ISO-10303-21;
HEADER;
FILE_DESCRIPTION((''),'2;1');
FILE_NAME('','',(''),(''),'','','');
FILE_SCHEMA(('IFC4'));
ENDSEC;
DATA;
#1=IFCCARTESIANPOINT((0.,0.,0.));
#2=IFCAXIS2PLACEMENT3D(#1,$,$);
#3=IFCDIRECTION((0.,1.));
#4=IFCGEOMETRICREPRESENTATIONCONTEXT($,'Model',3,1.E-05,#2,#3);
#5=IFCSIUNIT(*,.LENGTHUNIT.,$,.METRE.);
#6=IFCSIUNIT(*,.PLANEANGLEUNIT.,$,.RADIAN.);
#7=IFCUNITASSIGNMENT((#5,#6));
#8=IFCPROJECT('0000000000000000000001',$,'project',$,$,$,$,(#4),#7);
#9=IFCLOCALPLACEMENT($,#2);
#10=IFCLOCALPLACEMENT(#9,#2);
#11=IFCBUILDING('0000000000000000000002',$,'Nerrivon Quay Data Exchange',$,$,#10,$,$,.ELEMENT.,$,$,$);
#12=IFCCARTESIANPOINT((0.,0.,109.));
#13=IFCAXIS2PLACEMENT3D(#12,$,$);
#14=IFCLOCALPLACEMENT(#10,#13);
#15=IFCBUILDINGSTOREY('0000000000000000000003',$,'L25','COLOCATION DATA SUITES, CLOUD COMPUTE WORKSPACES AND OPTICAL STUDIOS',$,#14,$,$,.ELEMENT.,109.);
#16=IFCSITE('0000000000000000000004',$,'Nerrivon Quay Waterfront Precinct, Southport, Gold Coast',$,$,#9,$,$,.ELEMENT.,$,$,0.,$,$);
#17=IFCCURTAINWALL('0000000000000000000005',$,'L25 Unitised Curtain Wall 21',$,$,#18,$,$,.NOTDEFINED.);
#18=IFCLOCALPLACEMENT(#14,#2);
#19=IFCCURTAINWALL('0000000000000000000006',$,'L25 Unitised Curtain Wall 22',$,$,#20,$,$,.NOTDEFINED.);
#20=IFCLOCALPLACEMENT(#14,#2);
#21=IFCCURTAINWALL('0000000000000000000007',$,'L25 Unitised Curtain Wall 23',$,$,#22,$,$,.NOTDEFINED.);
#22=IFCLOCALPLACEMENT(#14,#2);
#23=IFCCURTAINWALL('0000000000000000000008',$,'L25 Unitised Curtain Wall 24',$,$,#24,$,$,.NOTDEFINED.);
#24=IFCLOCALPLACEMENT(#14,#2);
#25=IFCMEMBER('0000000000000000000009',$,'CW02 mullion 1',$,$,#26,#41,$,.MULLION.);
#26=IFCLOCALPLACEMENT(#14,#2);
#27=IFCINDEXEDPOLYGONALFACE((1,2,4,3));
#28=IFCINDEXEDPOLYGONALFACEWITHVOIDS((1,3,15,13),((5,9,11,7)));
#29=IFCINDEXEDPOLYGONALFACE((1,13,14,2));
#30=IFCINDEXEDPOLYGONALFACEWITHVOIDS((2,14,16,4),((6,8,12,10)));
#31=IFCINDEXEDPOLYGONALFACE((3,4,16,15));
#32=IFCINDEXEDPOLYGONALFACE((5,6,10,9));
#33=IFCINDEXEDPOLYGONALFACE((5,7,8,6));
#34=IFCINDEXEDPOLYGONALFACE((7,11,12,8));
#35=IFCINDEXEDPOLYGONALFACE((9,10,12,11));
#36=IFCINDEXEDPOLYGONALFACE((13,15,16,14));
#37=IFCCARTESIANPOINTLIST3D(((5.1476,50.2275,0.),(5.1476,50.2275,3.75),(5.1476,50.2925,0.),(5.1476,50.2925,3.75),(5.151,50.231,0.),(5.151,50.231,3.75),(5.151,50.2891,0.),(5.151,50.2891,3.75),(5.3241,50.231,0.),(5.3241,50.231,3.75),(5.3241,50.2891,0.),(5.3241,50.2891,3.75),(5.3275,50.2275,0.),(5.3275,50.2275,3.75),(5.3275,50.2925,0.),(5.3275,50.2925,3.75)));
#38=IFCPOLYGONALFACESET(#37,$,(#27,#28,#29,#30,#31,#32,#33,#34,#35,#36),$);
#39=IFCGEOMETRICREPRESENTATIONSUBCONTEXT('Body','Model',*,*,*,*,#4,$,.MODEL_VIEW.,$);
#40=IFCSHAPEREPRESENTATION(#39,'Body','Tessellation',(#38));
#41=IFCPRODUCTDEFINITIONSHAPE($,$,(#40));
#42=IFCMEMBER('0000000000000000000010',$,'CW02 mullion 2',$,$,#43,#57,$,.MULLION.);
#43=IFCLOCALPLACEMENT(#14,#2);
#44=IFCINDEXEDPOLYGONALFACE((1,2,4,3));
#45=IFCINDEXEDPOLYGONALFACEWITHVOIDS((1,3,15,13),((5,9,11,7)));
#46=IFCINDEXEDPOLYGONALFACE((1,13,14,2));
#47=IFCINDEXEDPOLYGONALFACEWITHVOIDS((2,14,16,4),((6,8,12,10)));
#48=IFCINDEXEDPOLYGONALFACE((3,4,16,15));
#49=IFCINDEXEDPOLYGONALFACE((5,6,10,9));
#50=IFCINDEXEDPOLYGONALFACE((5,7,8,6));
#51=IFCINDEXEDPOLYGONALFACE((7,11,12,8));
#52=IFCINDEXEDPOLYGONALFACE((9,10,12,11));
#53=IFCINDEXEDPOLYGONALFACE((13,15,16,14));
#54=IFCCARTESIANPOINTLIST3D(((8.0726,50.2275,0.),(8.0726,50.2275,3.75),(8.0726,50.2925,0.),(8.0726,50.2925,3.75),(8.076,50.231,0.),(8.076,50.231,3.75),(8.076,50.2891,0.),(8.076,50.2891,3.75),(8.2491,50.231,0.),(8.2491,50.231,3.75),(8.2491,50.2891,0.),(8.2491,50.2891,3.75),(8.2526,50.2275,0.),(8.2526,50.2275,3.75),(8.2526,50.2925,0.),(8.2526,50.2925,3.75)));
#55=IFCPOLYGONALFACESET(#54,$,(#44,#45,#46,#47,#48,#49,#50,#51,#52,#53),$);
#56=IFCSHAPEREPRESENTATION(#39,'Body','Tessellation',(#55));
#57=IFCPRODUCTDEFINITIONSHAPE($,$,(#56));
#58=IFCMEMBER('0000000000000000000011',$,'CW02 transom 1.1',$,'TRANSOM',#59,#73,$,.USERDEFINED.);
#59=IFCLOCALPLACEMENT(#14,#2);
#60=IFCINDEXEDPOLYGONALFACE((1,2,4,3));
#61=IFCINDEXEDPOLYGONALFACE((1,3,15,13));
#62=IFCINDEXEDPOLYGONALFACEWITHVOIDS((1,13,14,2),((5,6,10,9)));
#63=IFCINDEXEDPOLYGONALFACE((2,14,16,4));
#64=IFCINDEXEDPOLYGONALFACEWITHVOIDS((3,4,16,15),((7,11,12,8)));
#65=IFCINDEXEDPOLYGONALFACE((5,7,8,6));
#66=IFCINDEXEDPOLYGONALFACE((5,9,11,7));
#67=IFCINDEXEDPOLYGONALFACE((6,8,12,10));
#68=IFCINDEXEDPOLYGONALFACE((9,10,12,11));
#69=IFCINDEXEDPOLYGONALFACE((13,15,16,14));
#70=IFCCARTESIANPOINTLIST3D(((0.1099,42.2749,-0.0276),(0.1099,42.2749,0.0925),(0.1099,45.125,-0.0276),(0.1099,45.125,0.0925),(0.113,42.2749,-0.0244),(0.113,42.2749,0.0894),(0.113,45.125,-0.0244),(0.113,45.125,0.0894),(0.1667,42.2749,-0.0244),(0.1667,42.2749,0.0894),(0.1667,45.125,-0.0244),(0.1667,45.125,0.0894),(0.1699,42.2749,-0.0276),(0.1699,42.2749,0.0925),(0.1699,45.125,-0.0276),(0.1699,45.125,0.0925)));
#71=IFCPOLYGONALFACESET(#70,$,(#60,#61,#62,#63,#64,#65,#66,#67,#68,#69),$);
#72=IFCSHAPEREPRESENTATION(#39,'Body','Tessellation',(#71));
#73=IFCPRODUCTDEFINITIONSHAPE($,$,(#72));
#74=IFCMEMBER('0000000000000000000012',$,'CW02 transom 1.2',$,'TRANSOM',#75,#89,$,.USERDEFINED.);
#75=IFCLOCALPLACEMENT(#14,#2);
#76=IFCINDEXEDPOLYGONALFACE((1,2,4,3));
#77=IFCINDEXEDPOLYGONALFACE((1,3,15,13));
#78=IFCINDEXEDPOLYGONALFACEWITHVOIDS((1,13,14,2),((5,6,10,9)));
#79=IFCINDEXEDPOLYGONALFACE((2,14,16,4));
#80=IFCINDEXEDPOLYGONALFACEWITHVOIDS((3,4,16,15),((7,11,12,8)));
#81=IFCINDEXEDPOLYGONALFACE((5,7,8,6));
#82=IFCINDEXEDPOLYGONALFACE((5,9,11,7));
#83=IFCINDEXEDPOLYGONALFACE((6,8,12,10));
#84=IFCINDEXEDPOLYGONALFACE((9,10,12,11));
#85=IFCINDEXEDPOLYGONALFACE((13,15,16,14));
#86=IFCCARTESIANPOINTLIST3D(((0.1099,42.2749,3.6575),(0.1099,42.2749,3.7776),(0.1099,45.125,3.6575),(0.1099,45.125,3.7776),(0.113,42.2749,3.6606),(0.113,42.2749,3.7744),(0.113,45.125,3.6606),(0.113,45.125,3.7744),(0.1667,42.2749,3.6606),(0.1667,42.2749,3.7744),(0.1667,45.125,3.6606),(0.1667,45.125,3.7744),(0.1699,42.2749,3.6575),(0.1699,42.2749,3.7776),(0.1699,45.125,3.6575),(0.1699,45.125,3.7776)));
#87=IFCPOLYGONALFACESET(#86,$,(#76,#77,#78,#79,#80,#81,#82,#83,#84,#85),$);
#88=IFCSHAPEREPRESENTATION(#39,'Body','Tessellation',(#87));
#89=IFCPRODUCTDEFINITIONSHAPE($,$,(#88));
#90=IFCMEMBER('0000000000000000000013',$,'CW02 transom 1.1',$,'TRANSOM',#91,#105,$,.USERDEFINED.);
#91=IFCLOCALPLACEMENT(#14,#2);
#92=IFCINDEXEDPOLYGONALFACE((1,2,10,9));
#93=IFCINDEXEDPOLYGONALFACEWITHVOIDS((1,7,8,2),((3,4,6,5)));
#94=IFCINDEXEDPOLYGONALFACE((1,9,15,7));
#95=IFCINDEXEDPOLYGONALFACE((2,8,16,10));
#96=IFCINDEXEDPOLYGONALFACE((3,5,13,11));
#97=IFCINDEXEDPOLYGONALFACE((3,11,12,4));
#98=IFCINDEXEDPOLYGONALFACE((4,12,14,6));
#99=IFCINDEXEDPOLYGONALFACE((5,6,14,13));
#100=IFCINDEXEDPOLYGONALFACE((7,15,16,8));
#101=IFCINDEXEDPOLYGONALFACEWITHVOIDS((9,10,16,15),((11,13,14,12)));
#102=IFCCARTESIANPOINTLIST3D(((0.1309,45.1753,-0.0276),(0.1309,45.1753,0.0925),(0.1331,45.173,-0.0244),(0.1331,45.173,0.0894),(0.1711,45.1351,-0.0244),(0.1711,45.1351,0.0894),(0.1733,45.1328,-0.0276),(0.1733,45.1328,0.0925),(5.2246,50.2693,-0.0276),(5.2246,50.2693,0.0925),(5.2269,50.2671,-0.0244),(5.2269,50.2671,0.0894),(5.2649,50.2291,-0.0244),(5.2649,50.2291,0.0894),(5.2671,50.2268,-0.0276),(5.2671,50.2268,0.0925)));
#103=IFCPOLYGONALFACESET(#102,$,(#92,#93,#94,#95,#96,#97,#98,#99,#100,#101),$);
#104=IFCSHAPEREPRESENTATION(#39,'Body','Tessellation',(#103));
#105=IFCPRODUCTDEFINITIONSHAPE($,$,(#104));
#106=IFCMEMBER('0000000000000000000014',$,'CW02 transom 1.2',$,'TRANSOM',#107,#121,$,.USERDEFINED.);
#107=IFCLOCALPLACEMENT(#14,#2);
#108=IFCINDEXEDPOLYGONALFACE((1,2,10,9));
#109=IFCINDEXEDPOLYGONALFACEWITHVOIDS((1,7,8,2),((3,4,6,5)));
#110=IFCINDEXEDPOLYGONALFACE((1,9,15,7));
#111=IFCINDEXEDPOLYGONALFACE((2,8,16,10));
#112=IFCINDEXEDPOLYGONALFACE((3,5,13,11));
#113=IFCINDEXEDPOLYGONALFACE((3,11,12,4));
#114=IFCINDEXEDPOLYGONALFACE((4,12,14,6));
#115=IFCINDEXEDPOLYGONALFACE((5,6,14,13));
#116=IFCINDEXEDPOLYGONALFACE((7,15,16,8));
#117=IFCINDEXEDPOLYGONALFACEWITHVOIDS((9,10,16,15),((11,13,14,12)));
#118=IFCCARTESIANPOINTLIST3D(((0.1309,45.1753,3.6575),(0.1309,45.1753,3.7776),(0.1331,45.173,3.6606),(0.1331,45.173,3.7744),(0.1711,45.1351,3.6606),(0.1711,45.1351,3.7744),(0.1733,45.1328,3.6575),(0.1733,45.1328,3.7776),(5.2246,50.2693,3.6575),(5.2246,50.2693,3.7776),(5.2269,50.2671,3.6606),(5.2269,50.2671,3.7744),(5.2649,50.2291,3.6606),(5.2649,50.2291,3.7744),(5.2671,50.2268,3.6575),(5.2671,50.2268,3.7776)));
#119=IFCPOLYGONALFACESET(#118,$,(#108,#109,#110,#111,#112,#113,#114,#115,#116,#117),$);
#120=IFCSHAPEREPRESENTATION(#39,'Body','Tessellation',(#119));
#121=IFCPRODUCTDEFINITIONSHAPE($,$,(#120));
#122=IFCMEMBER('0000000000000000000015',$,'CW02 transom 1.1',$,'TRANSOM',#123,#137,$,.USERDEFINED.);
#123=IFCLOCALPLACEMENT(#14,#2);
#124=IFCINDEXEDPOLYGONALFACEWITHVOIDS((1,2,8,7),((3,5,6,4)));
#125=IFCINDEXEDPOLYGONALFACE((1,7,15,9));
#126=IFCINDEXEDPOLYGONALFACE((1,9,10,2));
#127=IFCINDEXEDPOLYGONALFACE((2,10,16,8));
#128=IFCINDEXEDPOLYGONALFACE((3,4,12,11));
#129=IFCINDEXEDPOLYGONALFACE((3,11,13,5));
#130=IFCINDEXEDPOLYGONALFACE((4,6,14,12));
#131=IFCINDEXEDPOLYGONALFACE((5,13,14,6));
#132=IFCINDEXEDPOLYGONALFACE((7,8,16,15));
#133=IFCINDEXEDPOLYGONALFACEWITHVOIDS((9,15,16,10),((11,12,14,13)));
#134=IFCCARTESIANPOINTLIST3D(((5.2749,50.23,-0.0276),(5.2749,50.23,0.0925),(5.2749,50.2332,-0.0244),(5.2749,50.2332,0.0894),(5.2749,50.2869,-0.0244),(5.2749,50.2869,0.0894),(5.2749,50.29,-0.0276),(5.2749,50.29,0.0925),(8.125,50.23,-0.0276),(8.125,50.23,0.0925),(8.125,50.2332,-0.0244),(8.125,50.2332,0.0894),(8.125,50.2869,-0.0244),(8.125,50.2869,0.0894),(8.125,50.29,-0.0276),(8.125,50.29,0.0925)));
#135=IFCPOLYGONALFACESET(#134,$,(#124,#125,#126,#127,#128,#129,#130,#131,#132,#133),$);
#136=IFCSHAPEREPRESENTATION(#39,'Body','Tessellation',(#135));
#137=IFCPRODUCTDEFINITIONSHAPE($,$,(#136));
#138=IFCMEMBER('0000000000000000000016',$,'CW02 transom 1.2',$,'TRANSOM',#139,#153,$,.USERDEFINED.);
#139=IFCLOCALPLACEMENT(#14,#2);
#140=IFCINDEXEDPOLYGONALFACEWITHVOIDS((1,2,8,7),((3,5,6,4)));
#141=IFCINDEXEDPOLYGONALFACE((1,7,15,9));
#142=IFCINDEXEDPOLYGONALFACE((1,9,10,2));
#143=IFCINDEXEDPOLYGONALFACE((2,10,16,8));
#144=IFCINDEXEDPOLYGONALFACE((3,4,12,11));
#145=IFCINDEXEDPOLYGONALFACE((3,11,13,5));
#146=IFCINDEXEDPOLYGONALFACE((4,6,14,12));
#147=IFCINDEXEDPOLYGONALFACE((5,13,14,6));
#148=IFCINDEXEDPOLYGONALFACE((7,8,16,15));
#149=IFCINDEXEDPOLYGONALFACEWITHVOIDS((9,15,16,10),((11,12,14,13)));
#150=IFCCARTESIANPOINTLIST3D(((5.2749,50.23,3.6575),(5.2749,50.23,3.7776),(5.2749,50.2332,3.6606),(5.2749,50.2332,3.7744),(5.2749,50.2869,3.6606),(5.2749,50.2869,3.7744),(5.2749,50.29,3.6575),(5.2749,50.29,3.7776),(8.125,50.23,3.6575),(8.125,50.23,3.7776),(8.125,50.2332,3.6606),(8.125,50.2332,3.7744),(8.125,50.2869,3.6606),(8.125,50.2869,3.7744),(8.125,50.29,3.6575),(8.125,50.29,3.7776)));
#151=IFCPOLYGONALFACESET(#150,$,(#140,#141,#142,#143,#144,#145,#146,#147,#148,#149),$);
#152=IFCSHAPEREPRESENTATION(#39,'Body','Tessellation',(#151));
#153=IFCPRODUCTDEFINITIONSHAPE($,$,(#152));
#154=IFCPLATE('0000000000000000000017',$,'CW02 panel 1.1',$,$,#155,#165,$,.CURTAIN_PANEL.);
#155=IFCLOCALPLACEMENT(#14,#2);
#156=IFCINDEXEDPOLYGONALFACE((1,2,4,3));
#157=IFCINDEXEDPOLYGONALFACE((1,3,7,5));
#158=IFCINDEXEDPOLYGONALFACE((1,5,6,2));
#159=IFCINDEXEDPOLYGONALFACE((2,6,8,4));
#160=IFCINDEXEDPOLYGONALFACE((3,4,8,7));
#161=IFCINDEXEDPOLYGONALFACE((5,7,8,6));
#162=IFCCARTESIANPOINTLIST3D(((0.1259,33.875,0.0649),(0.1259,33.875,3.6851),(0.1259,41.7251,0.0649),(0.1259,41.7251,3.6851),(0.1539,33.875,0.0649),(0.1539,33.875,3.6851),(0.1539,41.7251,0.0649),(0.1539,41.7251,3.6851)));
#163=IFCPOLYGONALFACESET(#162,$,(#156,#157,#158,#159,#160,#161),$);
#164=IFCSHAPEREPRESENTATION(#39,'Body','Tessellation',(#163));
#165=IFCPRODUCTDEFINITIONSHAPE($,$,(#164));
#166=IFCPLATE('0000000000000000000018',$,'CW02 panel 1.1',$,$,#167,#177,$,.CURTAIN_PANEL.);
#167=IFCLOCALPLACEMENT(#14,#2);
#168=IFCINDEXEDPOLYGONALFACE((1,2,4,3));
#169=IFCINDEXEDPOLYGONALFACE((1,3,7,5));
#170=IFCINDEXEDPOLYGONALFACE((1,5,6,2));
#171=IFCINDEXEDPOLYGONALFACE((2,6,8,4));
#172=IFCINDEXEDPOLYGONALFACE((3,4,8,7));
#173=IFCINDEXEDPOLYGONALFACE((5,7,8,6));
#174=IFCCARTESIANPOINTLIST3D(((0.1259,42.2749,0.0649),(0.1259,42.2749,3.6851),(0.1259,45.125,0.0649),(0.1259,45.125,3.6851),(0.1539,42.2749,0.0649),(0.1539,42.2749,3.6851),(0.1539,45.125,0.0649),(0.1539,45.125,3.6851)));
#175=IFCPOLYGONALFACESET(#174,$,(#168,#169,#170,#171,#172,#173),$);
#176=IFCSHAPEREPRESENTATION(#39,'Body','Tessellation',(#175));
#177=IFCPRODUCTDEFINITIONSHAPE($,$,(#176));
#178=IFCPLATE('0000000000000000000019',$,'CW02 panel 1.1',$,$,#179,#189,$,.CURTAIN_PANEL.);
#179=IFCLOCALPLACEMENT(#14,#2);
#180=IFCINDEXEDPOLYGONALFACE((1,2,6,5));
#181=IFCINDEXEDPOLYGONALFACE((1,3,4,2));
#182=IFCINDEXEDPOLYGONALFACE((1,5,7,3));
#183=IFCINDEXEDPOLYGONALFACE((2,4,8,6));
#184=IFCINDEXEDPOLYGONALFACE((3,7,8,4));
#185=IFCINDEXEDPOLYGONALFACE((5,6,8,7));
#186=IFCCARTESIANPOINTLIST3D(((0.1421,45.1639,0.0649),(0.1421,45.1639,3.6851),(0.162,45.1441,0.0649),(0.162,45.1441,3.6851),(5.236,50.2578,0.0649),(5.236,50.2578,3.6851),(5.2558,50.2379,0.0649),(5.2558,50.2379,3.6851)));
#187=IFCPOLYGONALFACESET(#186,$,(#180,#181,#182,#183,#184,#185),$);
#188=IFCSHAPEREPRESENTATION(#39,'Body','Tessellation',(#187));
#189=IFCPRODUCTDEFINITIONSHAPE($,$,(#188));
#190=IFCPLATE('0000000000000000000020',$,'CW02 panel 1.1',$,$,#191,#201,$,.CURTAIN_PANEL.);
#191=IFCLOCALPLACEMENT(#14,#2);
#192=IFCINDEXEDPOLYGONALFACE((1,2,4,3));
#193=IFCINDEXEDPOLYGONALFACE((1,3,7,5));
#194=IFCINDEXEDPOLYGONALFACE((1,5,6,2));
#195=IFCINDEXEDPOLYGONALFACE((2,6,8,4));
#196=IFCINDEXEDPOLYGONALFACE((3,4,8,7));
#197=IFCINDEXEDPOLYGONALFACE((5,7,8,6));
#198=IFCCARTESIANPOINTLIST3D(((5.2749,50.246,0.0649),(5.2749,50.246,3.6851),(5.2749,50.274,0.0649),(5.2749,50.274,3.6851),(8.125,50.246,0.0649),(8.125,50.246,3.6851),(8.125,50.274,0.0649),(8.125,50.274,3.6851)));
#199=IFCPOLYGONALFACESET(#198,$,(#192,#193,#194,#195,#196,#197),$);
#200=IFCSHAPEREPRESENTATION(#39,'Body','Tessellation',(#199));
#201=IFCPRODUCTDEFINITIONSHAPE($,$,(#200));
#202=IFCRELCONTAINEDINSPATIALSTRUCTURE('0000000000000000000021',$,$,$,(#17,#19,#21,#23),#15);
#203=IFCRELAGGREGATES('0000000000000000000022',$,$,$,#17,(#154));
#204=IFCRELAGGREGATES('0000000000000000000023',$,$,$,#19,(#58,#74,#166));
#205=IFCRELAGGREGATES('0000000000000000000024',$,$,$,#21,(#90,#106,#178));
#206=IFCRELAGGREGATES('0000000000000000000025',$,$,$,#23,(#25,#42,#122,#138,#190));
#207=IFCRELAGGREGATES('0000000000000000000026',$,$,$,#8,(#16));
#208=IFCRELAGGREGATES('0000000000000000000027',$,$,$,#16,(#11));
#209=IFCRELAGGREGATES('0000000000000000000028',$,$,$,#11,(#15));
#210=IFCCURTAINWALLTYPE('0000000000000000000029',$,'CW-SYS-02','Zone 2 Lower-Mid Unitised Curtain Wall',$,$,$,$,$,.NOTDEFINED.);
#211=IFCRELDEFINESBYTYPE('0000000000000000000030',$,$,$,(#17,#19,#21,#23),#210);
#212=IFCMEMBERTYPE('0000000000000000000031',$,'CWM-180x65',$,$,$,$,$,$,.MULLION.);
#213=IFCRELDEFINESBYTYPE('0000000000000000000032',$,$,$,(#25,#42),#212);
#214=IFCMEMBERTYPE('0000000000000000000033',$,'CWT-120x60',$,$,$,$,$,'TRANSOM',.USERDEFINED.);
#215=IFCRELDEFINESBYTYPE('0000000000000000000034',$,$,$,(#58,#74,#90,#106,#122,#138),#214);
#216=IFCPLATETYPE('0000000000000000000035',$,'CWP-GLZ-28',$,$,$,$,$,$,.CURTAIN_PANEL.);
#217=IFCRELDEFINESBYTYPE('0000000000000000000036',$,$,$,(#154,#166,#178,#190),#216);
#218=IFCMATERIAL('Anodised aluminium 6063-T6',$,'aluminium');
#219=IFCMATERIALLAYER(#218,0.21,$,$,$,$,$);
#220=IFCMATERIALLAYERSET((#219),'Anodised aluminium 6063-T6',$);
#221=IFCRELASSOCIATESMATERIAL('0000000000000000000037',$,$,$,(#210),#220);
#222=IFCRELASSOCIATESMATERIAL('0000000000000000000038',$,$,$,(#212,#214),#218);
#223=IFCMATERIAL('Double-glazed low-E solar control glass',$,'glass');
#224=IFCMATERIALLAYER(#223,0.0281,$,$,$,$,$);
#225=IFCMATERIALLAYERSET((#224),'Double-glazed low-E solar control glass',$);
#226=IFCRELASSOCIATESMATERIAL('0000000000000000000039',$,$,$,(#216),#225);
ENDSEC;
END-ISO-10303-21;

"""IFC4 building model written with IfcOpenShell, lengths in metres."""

from ifc_helpers import new_model, si_unit, direction, frame, origin, origin_2d, place, context, subcontext, project, spatial, rectangle, hollow_rectangle, extrude, material, layer, layer_set, material_profile, profile_set, type_object, element, aggregate, save


model = new_model("IFC4")

# Units and contexts
model_context = context("Model", 3, precision=1e-05, world=origin(), true_north=direction((0.0, 1.0)))
body_context = subcontext(model_context, "Body", "Model", "MODEL_VIEW")
ifc_project = project(units=[si_unit("LENGTHUNIT", "METRE"), si_unit("PLANEANGLEUNIT", "RADIAN")], contexts=[model_context])

# Site, building, storey
site_placement = place(None, origin())
site = spatial("IfcSite", under=ifc_project, at=site_placement, Name="Nerrivon Quay Waterfront Precinct, Southport, Gold Coast", CompositionType="ELEMENT", RefElevation=0.0)
building_placement = place(site_placement, origin())
building = spatial("IfcBuilding", under=site, at=building_placement, Name="Nerrivon Quay Data Exchange", CompositionType="ELEMENT")
storey_placement = place(building_placement, frame((0.0, 0.0, 109.0)))
storey = spatial("IfcBuildingStorey", under=building, at=storey_placement, Name="L25", Description="COLOCATION DATA SUITES, CLOUD COMPUTE WORKSPACES AND OPTICAL STUDIOS", CompositionType="ELEMENT", Elevation=109.0)

# Curtain wall
ifc_material_1 = material(Name="Anodised aluminium 6063-T6", Category="aluminium")
ifc_layer_1 = layer(ifc_material_1, 0.21)
ifc_layer_set_1 = layer_set([ifc_layer_1], Name="Anodised aluminium 6063-T6")
curtain_wall_type = type_object("IfcCurtainWallType", Name="CW-SYS-02", Description="Zone 2 Lower-Mid Unitised Curtain Wall", PredefinedType="NOTDEFINED", material=ifc_layer_set_1)
curtain_wall_1_placement = place(storey_placement, origin())
curtain_wall_1 = element("IfcCurtainWall", 1, at=curtain_wall_1_placement, inside=storey, type_object=curtain_wall_type, Name="L25 Unitised Curtain Wall 21", PredefinedType="NOTDEFINED")
ifc_material_profile_1 = material_profile(ifc_material_1, hollow_rectangle(XDim=0.0649, YDim=0.1799, WallThickness=0.0034, at=origin_2d()), Name="ALU-MULL-180x65")
ifc_profile_set_1 = profile_set([ifc_material_profile_1], Name="Anodised aluminium 6063-T6")
member_type_1 = type_object("IfcMemberType", Name="CWM-180x65", PredefinedType="MULLION", material=ifc_profile_set_1)

# Curtain walls, members
curtain_wall_2_placement = place(storey_placement, origin())
curtain_wall_2 = element("IfcCurtainWall", 2, at=curtain_wall_2_placement, inside=storey, type_object=curtain_wall_type, Name="L25 Unitised Curtain Wall 22", PredefinedType="NOTDEFINED")
curtain_wall_3_placement = place(storey_placement, origin())
curtain_wall_3 = element("IfcCurtainWall", 3, at=curtain_wall_3_placement, inside=storey, type_object=curtain_wall_type, Name="L25 Unitised Curtain Wall 23", PredefinedType="NOTDEFINED")
curtain_wall_4_placement = place(storey_placement, origin())
curtain_wall_4 = element("IfcCurtainWall", 4, at=curtain_wall_4_placement, inside=storey, type_object=curtain_wall_type, Name="L25 Unitised Curtain Wall 24", PredefinedType="NOTDEFINED")
member_1_placement = place(storey_placement, frame((5.2375, 50.26, 0.0), z_axis=(0.0, 0.0, 1.0), x_axis=(0.0, 1.0, 0.0)))
member_1 = element("IfcMember", 5, at=member_1_placement, type_object=member_type_1, Name="CW02 mullion 1", PredefinedType="MULLION", context=body_context, shape_type="SweptSolid", body=[
    extrude(hollow_rectangle(XDim=0.0649, YDim=0.1799, WallThickness=0.0034, at=origin_2d()), origin(), (0.0, 0.0, 1.0), 3.75),
])
member_2_placement = place(storey_placement, frame((8.1626, 50.26, 0.0), z_axis=(0.0, 0.0, 1.0), x_axis=(0.0, 1.0, 0.0)))
member_2 = element("IfcMember", 6, at=member_2_placement, type_object=member_type_1, Name="CW02 mullion 2", PredefinedType="MULLION", context=body_context, shape_type="SweptSolid", body=[
    extrude(hollow_rectangle(XDim=0.0649, YDim=0.1799, WallThickness=0.0034, at=origin_2d()), origin(), (0.0, 0.0, 1.0), 3.75),
])

# Members
ifc_material_profile_2 = material_profile(ifc_material_1, hollow_rectangle(XDim=0.0601, YDim=0.1201, WallThickness=0.0032, at=origin_2d()), Name="ALU-TRAN-120x60")
ifc_profile_set_2 = profile_set([ifc_material_profile_2], Name="Anodised aluminium 6063-T6")
member_type_2 = type_object("IfcMemberType", Name="CWT-120x60", ElementType="TRANSOM", PredefinedType="USERDEFINED", material=ifc_profile_set_2)
member_3_placement = place(storey_placement, frame((0.1399, 42.2749, 0.0325), z_axis=(0.0, 1.0, 0.0), x_axis=(-1.0, 0.0, 0.0)))
member_3 = element("IfcMember", 7, at=member_3_placement, type_object=member_type_2, Name="CW02 transom 1.1", ObjectType="TRANSOM", PredefinedType="USERDEFINED", context=body_context, shape_type="SweptSolid", body=[
    extrude(hollow_rectangle(XDim=0.0601, YDim=0.1201, WallThickness=0.0032, at=origin_2d()), origin(), (0.0, 0.0, 1.0), 2.8501),
])
member_4_placement = place(storey_placement, frame((0.1399, 42.2749, 3.7175), z_axis=(0.0, 1.0, 0.0), x_axis=(-1.0, 0.0, 0.0)))
member_4 = element("IfcMember", 8, at=member_4_placement, type_object=member_type_2, Name="CW02 transom 1.2", ObjectType="TRANSOM", PredefinedType="USERDEFINED", context=body_context, shape_type="SweptSolid", body=[
    extrude(hollow_rectangle(XDim=0.0601, YDim=0.1201, WallThickness=0.0032, at=origin_2d()), origin(), (0.0, 0.0, 1.0), 2.8501),
])
member_5_placement = place(storey_placement, frame((0.1521, 45.1541, 0.0325), z_axis=(0.70709, 0.707124, 0.0), x_axis=(-0.707124, 0.70709, 0.0)))
member_5 = element("IfcMember", 9, at=member_5_placement, type_object=member_type_2, Name="CW02 transom 1.1", ObjectType="TRANSOM", PredefinedType="USERDEFINED", context=body_context, shape_type="SweptSolid", body=[
    extrude(hollow_rectangle(XDim=0.0601, YDim=0.1201, WallThickness=0.0032, at=origin_2d()), origin(), (0.0, 0.0, 1.0), 7.2039),
])
member_6_placement = place(storey_placement, frame((0.1521, 45.1541, 3.7175), z_axis=(0.70709, 0.707124, 0.0), x_axis=(-0.707124, 0.70709, 0.0)))
member_6 = element("IfcMember", 10, at=member_6_placement, type_object=member_type_2, Name="CW02 transom 1.2", ObjectType="TRANSOM", PredefinedType="USERDEFINED", context=body_context, shape_type="SweptSolid", body=[
    extrude(hollow_rectangle(XDim=0.0601, YDim=0.1201, WallThickness=0.0032, at=origin_2d()), origin(), (0.0, 0.0, 1.0), 7.2039),
])
member_7_placement = place(storey_placement, frame((5.2749, 50.26, 0.0325), z_axis=(1.0, 0.0, 0.0), x_axis=(0.0, 1.0, 0.0)))
member_7 = element("IfcMember", 11, at=member_7_placement, type_object=member_type_2, Name="CW02 transom 1.1", ObjectType="TRANSOM", PredefinedType="USERDEFINED", context=body_context, shape_type="SweptSolid", body=[
    extrude(hollow_rectangle(XDim=0.0601, YDim=0.1201, WallThickness=0.0032, at=origin_2d()), origin(), (0.0, 0.0, 1.0), 2.8501),
])
member_8_placement = place(storey_placement, frame((5.2749, 50.26, 3.7175), z_axis=(1.0, 0.0, 0.0), x_axis=(0.0, 1.0, 0.0)))
member_8 = element("IfcMember", 12, at=member_8_placement, type_object=member_type_2, Name="CW02 transom 1.2", ObjectType="TRANSOM", PredefinedType="USERDEFINED", context=body_context, shape_type="SweptSolid", body=[
    extrude(hollow_rectangle(XDim=0.0601, YDim=0.1201, WallThickness=0.0032, at=origin_2d()), origin(), (0.0, 0.0, 1.0), 2.8501),
])

# Plates
ifc_material_2 = material(Name="Double-glazed low-E solar control glass", Category="glass")
ifc_layer_2 = layer(ifc_material_2, 0.0281)
ifc_layer_set_2 = layer_set([ifc_layer_2], Name="Double-glazed low-E solar control glass")
plate_type = type_object("IfcPlateType", Name="CWP-GLZ-28", PredefinedType="CURTAIN_PANEL", material=ifc_layer_set_2)
plate_1_placement = place(storey_placement, frame((0.1399, 37.8, 0.0649), z_axis=(0.0, 0.0, 1.0), x_axis=(0.0, 1.0, 0.0)))
plate_1 = element("IfcPlate", 13, at=plate_1_placement, type_object=plate_type, Name="CW02 panel 1.1", PredefinedType="CURTAIN_PANEL", context=body_context, shape_type="SweptSolid", body=[
    extrude(rectangle(XDim=7.8501, YDim=0.0281, at=origin_2d()), origin(), (0.0, 0.0, 1.0), 3.6201),
])
aggregate(curtain_wall_1, [plate_1])
plate_2_placement = place(storey_placement, frame((0.1399, 43.7, 0.0649), z_axis=(0.0, 0.0, 1.0), x_axis=(0.0, 1.0, 0.0)))
plate_2 = element("IfcPlate", 14, at=plate_2_placement, type_object=plate_type, Name="CW02 panel 1.1", PredefinedType="CURTAIN_PANEL", context=body_context, shape_type="SweptSolid", body=[
    extrude(rectangle(XDim=2.8501, YDim=0.0281, at=origin_2d()), origin(), (0.0, 0.0, 1.0), 3.6201),
])
aggregate(curtain_wall_2, [member_3, member_4, plate_2])
plate_3_placement = place(storey_placement, frame((2.699, 47.7009, 0.0649), z_axis=(0.0, 0.0, 1.0), x_axis=(0.707107, 0.707107, 0.0)))
plate_3 = element("IfcPlate", 15, at=plate_3_placement, type_object=plate_type, Name="CW02 panel 1.1", PredefinedType="CURTAIN_PANEL", context=body_context, shape_type="SweptSolid", body=[
    extrude(rectangle(XDim=7.2039, YDim=0.0281, at=origin_2d()), origin(), (0.0, 0.0, 1.0), 3.6201),
])
aggregate(curtain_wall_3, [member_5, member_6, plate_3])
plate_4_placement = place(storey_placement, frame((6.7, 50.26, 0.0649), z_axis=(0.0, 0.0, 1.0), x_axis=(1.0, 0.0, 0.0)))
plate_4 = element("IfcPlate", 16, at=plate_4_placement, type_object=plate_type, Name="CW02 panel 1.1", PredefinedType="CURTAIN_PANEL", context=body_context, shape_type="SweptSolid", body=[
    extrude(rectangle(XDim=2.8501, YDim=0.0281, at=origin_2d()), origin(), (0.0, 0.0, 1.0), 3.6201),
])
aggregate(curtain_wall_4, [member_1, member_2, member_7, member_8, plate_4])

save(model, "model.ifc")
